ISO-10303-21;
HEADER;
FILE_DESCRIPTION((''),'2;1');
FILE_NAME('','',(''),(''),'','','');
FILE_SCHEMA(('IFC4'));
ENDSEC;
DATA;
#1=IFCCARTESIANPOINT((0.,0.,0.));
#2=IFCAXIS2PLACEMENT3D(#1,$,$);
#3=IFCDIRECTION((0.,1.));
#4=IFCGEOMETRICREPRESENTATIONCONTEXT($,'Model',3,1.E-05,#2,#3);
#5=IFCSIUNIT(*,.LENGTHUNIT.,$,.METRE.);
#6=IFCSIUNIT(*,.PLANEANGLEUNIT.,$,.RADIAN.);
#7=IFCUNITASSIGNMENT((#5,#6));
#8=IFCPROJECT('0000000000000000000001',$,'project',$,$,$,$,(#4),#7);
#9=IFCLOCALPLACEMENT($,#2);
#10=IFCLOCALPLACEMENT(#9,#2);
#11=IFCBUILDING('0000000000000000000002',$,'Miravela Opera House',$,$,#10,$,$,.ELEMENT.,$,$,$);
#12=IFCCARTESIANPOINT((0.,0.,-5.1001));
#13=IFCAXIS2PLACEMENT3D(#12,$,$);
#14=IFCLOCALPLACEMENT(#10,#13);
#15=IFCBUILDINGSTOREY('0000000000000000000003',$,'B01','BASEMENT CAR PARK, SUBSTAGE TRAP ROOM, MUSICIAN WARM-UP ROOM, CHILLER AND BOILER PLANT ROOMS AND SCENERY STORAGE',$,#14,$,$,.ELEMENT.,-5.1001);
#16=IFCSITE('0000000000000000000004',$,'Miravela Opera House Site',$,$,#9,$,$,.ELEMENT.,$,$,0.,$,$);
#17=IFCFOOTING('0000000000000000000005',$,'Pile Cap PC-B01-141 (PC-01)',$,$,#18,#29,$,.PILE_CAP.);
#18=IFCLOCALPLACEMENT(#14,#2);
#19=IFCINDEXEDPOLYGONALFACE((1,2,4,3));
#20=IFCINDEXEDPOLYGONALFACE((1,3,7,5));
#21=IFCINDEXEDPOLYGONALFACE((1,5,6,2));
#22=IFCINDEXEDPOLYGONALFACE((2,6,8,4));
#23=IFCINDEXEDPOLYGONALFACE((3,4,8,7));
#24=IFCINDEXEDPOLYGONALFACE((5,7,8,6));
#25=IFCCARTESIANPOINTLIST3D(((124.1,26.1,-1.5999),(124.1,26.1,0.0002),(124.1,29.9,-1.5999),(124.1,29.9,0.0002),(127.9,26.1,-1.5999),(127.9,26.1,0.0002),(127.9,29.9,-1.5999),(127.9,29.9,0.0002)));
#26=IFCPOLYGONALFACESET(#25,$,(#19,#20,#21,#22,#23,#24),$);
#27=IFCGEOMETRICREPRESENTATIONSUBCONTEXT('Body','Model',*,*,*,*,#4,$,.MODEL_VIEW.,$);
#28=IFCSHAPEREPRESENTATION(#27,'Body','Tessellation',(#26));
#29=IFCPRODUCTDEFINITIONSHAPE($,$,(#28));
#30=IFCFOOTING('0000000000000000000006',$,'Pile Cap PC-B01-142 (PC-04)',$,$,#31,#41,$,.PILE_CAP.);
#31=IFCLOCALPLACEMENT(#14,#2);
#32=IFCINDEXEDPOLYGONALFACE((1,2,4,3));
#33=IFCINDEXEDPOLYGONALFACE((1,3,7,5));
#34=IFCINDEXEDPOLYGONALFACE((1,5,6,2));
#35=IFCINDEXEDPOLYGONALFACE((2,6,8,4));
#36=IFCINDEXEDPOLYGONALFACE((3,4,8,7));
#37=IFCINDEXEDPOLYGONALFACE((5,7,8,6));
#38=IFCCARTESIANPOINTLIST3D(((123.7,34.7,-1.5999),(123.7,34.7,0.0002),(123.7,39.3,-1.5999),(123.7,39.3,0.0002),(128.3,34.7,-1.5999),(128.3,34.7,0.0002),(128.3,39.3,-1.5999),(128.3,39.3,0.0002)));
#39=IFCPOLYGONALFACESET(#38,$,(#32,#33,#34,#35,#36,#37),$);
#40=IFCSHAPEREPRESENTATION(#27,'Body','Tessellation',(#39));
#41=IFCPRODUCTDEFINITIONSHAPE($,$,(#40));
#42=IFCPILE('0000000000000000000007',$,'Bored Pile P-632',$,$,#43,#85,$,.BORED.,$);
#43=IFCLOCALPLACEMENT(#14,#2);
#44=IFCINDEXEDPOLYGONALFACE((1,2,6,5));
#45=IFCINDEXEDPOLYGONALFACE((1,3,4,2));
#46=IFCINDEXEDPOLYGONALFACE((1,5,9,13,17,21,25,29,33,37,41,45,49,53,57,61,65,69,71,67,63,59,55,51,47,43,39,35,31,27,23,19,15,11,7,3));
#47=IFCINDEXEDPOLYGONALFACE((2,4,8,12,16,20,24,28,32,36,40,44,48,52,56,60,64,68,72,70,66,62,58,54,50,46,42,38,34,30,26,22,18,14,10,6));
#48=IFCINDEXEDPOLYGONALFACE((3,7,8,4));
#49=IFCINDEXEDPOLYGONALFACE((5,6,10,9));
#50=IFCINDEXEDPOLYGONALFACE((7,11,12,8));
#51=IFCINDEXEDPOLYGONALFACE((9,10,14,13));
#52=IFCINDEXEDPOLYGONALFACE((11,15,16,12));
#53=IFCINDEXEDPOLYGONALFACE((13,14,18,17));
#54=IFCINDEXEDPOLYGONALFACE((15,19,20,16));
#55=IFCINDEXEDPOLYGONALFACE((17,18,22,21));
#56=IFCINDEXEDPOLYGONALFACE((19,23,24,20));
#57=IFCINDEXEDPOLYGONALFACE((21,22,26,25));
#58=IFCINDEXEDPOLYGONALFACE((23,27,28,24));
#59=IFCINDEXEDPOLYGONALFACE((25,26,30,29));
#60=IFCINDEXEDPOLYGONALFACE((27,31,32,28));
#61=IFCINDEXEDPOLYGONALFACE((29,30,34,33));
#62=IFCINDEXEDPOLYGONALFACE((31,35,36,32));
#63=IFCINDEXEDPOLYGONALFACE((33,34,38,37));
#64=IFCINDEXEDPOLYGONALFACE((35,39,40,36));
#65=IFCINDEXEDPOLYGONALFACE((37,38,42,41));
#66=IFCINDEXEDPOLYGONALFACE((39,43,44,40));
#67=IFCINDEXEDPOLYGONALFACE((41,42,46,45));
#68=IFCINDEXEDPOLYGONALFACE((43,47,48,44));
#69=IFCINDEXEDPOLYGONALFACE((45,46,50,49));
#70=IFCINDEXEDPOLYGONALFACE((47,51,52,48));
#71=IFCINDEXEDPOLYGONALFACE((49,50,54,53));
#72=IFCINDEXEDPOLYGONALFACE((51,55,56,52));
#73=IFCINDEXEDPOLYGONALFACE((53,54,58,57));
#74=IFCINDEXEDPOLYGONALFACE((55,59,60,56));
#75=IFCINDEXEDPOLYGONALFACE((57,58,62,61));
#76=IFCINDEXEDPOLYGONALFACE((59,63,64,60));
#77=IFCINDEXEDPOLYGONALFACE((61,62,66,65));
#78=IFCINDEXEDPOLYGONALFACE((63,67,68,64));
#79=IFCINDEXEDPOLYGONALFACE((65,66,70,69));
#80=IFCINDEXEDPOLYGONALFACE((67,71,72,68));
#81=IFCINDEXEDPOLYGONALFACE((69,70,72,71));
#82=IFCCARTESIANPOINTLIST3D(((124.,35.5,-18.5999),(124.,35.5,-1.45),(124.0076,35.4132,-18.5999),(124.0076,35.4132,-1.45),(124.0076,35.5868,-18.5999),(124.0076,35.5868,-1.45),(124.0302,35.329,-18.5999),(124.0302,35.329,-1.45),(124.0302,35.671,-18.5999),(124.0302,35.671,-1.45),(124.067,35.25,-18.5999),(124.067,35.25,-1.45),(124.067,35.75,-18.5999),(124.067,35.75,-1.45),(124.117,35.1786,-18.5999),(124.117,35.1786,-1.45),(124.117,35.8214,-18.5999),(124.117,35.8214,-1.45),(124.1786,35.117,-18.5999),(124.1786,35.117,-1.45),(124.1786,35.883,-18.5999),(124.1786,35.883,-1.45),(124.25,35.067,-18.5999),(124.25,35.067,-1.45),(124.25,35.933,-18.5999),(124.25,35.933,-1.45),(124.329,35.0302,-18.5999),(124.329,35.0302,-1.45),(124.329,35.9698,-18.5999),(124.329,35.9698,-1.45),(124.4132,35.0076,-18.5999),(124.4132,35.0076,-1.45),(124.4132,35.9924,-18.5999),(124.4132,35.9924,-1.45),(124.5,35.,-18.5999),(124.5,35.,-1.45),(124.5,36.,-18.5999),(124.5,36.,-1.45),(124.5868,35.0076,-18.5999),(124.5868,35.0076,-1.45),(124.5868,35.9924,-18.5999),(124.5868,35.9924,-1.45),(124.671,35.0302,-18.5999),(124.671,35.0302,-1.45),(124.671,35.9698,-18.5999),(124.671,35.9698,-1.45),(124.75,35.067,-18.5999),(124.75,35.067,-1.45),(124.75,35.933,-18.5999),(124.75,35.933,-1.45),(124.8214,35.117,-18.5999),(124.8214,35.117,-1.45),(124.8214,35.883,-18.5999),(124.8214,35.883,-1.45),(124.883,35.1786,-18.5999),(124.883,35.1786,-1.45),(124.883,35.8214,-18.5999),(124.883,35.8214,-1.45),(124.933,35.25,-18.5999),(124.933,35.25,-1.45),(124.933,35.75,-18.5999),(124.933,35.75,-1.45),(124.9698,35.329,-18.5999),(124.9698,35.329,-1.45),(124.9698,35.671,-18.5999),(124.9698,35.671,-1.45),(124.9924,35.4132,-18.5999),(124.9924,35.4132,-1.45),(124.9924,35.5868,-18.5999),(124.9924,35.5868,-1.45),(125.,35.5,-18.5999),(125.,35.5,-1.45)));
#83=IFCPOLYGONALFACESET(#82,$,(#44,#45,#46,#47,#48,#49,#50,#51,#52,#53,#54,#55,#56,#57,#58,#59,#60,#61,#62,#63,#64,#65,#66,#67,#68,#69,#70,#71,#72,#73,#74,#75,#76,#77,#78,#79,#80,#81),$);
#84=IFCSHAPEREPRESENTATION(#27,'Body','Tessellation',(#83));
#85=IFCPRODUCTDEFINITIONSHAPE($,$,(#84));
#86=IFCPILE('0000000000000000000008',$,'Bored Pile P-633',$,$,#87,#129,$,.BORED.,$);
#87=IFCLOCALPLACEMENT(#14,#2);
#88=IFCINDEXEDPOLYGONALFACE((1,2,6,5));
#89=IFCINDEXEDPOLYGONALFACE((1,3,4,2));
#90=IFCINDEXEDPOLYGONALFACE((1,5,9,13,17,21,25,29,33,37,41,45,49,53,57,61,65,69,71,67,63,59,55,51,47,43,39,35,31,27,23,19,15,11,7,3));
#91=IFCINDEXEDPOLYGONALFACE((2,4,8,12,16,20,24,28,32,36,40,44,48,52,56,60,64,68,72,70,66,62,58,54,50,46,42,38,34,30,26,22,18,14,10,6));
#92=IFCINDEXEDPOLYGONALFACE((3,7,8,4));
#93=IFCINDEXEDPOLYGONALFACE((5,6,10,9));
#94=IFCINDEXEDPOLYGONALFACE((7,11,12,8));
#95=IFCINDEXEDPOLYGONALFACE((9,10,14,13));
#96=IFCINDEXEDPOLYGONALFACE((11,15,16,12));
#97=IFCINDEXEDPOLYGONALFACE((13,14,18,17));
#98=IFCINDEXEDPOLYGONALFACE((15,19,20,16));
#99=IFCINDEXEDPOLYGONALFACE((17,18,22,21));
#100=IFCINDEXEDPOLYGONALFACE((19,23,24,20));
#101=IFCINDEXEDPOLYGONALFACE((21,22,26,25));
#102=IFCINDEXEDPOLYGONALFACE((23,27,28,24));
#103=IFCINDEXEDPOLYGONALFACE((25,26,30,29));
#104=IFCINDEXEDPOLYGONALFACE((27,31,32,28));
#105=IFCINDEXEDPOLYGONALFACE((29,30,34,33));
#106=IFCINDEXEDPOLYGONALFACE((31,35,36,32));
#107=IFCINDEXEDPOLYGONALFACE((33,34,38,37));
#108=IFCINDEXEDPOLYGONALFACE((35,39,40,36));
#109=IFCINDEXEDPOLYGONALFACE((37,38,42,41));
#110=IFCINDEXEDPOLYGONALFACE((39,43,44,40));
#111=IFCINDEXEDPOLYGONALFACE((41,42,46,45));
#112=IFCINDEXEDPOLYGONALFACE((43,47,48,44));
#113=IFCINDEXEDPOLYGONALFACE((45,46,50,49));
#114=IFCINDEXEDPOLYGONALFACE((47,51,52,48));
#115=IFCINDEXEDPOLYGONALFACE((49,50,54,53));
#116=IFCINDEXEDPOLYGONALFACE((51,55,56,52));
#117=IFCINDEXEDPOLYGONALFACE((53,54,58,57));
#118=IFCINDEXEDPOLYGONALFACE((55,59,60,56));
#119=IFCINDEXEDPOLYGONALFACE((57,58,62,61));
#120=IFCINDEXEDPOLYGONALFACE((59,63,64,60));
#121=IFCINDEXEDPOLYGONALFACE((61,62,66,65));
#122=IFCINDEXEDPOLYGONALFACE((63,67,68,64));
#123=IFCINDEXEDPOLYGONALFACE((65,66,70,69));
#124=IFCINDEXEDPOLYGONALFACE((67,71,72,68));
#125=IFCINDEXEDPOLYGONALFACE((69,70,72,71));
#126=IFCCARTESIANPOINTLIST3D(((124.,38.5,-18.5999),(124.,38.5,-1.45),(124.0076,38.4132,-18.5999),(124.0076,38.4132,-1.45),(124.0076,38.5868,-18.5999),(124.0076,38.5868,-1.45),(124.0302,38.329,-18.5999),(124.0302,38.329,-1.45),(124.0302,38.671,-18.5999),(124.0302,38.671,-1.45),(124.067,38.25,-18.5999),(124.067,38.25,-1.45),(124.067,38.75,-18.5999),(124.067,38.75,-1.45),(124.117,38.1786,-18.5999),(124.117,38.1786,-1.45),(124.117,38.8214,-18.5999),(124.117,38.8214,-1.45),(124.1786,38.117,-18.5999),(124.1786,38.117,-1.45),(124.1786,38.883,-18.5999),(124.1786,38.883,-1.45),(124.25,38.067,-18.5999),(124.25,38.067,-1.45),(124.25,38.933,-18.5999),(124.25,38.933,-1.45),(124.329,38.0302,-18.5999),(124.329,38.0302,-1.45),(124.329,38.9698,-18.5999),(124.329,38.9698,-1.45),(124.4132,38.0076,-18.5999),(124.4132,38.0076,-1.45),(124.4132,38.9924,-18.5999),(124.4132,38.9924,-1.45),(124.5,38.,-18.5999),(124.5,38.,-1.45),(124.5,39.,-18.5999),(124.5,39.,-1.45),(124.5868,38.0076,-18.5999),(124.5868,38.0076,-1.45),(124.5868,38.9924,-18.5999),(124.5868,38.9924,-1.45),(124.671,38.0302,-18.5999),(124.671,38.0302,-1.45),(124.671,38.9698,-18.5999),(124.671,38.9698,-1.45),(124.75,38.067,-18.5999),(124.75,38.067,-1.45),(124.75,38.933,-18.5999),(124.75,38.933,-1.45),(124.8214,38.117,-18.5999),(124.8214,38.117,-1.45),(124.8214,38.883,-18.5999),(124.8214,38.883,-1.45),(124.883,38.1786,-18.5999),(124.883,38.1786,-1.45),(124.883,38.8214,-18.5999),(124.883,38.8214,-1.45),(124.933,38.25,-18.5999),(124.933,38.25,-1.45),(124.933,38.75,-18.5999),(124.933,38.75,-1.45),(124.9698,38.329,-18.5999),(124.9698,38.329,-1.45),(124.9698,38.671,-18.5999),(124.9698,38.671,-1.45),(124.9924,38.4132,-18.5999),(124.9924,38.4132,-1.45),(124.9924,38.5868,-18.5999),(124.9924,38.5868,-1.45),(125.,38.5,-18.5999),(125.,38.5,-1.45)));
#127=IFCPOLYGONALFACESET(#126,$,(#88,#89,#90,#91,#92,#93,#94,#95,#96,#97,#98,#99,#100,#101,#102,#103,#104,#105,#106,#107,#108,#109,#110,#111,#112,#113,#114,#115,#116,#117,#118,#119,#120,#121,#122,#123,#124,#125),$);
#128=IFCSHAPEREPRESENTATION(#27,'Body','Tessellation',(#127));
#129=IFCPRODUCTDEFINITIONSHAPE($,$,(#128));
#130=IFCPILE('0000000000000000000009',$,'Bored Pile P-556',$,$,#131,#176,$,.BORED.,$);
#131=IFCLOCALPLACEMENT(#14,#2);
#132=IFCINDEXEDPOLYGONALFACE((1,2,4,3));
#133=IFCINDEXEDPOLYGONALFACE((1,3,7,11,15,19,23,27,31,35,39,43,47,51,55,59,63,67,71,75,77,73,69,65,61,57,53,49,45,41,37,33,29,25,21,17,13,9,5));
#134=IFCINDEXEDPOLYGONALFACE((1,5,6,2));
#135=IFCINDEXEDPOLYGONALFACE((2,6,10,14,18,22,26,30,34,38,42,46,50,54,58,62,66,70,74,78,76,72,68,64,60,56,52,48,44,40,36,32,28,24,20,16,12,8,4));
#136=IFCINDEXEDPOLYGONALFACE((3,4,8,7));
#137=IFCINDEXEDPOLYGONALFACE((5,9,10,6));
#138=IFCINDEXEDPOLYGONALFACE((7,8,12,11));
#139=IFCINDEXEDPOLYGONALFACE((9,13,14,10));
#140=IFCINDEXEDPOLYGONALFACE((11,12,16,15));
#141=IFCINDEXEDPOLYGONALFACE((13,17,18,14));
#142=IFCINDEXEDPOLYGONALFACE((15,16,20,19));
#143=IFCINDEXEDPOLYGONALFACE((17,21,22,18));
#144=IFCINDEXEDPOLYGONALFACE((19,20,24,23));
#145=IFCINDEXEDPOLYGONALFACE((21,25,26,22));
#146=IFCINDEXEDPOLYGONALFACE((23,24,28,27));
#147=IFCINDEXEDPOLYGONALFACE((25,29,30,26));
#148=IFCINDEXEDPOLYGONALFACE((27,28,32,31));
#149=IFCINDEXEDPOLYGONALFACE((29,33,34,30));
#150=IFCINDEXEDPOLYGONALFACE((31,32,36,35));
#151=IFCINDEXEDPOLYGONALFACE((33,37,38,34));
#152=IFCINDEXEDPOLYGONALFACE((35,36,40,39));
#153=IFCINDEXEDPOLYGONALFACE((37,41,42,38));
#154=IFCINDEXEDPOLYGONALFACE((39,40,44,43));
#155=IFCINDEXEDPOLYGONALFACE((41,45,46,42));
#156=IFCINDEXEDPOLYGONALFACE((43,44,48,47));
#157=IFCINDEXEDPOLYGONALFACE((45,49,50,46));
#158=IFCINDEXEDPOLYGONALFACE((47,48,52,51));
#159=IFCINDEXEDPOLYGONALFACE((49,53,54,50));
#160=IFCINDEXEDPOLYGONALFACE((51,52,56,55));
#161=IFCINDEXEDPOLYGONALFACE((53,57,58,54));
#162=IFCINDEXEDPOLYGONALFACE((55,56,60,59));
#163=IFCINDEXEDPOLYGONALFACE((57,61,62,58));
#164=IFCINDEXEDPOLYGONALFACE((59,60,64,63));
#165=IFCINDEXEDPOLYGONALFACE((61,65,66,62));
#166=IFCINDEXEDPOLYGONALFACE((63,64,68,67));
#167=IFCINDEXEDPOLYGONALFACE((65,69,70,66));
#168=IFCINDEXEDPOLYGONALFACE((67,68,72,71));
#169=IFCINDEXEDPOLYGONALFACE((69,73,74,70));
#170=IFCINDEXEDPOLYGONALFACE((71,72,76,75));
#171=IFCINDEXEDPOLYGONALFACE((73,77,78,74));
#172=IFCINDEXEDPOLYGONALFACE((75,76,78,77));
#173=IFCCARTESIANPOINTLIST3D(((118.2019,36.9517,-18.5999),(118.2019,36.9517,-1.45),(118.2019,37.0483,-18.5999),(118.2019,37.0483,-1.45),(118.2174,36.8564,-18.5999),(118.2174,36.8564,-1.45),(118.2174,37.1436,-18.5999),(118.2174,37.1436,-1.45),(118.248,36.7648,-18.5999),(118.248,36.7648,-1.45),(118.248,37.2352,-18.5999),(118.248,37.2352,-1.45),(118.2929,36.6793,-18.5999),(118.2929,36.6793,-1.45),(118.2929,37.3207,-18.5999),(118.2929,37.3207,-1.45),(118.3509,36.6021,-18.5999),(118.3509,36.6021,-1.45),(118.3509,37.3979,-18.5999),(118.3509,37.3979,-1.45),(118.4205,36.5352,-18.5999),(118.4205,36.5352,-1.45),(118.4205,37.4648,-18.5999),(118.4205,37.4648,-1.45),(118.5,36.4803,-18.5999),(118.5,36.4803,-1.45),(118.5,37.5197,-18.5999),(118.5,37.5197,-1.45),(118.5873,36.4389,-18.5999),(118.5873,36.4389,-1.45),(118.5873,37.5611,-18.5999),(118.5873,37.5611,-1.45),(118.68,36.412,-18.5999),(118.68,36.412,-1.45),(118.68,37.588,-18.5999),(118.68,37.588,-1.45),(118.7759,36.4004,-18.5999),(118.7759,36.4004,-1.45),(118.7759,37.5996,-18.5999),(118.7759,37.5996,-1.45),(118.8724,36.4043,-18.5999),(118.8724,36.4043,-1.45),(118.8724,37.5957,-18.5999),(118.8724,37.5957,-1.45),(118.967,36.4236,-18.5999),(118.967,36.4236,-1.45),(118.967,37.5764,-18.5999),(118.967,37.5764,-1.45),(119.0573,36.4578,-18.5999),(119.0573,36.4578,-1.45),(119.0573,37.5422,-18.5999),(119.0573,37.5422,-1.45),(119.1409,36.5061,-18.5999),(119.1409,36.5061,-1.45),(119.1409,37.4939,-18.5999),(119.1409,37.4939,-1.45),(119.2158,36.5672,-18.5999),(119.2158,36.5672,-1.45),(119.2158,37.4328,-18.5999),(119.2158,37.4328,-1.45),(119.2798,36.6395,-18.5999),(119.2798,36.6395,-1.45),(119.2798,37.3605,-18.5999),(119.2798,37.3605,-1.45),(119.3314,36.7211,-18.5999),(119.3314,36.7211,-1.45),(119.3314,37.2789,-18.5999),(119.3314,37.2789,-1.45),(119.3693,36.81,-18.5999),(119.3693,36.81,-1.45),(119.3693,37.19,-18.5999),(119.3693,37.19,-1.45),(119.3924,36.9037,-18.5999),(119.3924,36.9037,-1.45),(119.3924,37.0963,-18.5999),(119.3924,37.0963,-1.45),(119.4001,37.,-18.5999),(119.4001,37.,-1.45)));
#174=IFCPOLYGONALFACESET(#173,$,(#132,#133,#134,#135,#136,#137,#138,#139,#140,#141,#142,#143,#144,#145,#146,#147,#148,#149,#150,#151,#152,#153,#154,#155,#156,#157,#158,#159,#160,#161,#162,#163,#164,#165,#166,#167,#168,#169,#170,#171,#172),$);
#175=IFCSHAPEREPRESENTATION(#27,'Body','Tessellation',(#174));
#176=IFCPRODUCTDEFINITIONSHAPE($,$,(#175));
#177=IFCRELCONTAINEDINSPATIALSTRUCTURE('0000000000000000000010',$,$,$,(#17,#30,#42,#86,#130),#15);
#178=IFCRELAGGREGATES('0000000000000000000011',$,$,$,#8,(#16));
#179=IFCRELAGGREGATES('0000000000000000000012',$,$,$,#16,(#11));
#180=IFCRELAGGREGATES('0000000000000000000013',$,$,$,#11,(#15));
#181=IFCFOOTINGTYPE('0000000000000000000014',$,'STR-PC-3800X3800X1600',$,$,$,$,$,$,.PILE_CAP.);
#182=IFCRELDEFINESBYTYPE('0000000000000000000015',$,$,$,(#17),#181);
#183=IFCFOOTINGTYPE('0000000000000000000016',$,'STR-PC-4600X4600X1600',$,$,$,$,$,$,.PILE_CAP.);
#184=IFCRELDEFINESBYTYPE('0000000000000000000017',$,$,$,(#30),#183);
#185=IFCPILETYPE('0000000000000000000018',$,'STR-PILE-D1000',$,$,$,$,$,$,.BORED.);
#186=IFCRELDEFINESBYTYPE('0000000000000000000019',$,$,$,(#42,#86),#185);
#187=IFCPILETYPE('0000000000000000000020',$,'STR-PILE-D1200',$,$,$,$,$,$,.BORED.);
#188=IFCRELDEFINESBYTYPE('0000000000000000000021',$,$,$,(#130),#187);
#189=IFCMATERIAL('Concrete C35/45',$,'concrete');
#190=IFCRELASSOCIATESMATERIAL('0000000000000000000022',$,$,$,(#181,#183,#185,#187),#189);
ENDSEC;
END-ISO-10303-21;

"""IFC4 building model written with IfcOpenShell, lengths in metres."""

from ifc_helpers import new_model, si_unit, direction, frame, origin, origin_2d, place, context, subcontext, project, spatial, rectangle, circle, extrude, material, material_profile, profile_set, type_object, element, save


model = new_model("IFC4")

# Units and contexts
model_context = context("Model", 3, precision=1e-05, world=origin(), true_north=direction((0.0, 1.0)))
body_context = subcontext(model_context, "Body", "Model", "MODEL_VIEW")
ifc_project = project(units=[si_unit("LENGTHUNIT", "METRE"), si_unit("PLANEANGLEUNIT", "RADIAN")], contexts=[model_context])

# Site, building, storey
site_placement = place(None, origin())
site = spatial("IfcSite", under=ifc_project, at=site_placement, Name="Miravela Opera House Site", CompositionType="ELEMENT", RefElevation=0.0)
building_placement = place(site_placement, origin())
building = spatial("IfcBuilding", under=site, at=building_placement, Name="Miravela Opera House", CompositionType="ELEMENT")
storey_placement = place(building_placement, frame((0.0, 0.0, -5.1001)))
storey = spatial("IfcBuildingStorey", under=building, at=storey_placement, Name="B01", Description="BASEMENT CAR PARK, SUBSTAGE TRAP ROOM, MUSICIAN WARM-UP ROOM, CHILLER AND BOILER PLANT ROOMS AND SCENERY STORAGE", CompositionType="ELEMENT", Elevation=-5.1001)

# Footings
ifc_material_1 = material(Name="Concrete C35/45", Category="concrete")
footing_type_1 = type_object("IfcFootingType", Name="STR-PC-3800X3800X1600", PredefinedType="PILE_CAP", material=ifc_material_1)
footing_1_placement = place(storey_placement, frame((126.0, 28.0, -1.5999), z_axis=(0.0, 0.0, 1.0), x_axis=(1.0, 0.0, 0.0)))
element("IfcFooting", 1, at=footing_1_placement, inside=storey, type_object=footing_type_1, Name="Pile Cap PC-B01-141 (PC-01)", PredefinedType="PILE_CAP", context=body_context, shape_type="SweptSolid", body=[
    extrude(rectangle(XDim=3.8, YDim=3.8, at=origin_2d()), origin(), (0.0, 0.0, 1.0), 1.6001),
])
footing_type_2 = type_object("IfcFootingType", Name="STR-PC-4600X4600X1600", PredefinedType="PILE_CAP", material=ifc_material_1)
footing_2_placement = place(storey_placement, frame((126.0, 37.0, -1.5999), z_axis=(0.0, 0.0, 1.0), x_axis=(1.0, 0.0, 0.0)))
element("IfcFooting", 2, at=footing_2_placement, inside=storey, type_object=footing_type_2, Name="Pile Cap PC-B01-142 (PC-04)", PredefinedType="PILE_CAP", context=body_context, shape_type="SweptSolid", body=[
    extrude(rectangle(XDim=4.6001, YDim=4.6001, at=origin_2d()), origin(), (0.0, 0.0, 1.0), 1.6001),
])

# Piles
ifc_material_profile_1 = material_profile(ifc_material_1, circle(Radius=0.5, at=origin_2d()), Name="PILE-D1000")
ifc_profile_set_1 = profile_set([ifc_material_profile_1])
pile_type_1 = type_object("IfcPileType", Name="STR-PILE-D1000", PredefinedType="BORED", material=ifc_profile_set_1)
for number, where, z_axis, x_axis, name in (
    (3, (124.5, 35.5, -1.45), (0.0, 0.0, -1.0), (1.0, 0.0, 0.0), "Bored Pile P-632"),
    (4, (124.5, 38.5, -1.45), (0.0, 0.0, -1.0), (1.0, 0.0, 0.0), "Bored Pile P-633"),
):
    element("IfcPile", number, at=place(storey_placement, frame(where, z_axis=z_axis, x_axis=x_axis)), inside=storey, type_object=pile_type_1, Name=name, PredefinedType="BORED", context=body_context, shape_type="SweptSolid", body=[
        extrude(circle(Radius=0.5, at=origin_2d()), origin(), (0.0, 0.0, 1.0), 17.1499),
    ])
ifc_material_profile_2 = material_profile(ifc_material_1, circle(Radius=0.6001, at=origin_2d()), Name="PILE-D1200")
ifc_profile_set_2 = profile_set([ifc_material_profile_2])
pile_type_2 = type_object("IfcPileType", Name="STR-PILE-D1200", PredefinedType="BORED", material=ifc_profile_set_2)
pile_placement = place(storey_placement, frame((118.8, 37.0, -1.45), z_axis=(0.0, 0.0, -1.0), x_axis=(1.0, 0.0, 0.0)))
element("IfcPile", 5, at=pile_placement, inside=storey, type_object=pile_type_2, Name="Bored Pile P-556", PredefinedType="BORED", context=body_context, shape_type="SweptSolid", body=[
    extrude(circle(Radius=0.6001, at=origin_2d()), origin(), (0.0, 0.0, 1.0), 17.1499),
])

save(model, "model.ifc")
